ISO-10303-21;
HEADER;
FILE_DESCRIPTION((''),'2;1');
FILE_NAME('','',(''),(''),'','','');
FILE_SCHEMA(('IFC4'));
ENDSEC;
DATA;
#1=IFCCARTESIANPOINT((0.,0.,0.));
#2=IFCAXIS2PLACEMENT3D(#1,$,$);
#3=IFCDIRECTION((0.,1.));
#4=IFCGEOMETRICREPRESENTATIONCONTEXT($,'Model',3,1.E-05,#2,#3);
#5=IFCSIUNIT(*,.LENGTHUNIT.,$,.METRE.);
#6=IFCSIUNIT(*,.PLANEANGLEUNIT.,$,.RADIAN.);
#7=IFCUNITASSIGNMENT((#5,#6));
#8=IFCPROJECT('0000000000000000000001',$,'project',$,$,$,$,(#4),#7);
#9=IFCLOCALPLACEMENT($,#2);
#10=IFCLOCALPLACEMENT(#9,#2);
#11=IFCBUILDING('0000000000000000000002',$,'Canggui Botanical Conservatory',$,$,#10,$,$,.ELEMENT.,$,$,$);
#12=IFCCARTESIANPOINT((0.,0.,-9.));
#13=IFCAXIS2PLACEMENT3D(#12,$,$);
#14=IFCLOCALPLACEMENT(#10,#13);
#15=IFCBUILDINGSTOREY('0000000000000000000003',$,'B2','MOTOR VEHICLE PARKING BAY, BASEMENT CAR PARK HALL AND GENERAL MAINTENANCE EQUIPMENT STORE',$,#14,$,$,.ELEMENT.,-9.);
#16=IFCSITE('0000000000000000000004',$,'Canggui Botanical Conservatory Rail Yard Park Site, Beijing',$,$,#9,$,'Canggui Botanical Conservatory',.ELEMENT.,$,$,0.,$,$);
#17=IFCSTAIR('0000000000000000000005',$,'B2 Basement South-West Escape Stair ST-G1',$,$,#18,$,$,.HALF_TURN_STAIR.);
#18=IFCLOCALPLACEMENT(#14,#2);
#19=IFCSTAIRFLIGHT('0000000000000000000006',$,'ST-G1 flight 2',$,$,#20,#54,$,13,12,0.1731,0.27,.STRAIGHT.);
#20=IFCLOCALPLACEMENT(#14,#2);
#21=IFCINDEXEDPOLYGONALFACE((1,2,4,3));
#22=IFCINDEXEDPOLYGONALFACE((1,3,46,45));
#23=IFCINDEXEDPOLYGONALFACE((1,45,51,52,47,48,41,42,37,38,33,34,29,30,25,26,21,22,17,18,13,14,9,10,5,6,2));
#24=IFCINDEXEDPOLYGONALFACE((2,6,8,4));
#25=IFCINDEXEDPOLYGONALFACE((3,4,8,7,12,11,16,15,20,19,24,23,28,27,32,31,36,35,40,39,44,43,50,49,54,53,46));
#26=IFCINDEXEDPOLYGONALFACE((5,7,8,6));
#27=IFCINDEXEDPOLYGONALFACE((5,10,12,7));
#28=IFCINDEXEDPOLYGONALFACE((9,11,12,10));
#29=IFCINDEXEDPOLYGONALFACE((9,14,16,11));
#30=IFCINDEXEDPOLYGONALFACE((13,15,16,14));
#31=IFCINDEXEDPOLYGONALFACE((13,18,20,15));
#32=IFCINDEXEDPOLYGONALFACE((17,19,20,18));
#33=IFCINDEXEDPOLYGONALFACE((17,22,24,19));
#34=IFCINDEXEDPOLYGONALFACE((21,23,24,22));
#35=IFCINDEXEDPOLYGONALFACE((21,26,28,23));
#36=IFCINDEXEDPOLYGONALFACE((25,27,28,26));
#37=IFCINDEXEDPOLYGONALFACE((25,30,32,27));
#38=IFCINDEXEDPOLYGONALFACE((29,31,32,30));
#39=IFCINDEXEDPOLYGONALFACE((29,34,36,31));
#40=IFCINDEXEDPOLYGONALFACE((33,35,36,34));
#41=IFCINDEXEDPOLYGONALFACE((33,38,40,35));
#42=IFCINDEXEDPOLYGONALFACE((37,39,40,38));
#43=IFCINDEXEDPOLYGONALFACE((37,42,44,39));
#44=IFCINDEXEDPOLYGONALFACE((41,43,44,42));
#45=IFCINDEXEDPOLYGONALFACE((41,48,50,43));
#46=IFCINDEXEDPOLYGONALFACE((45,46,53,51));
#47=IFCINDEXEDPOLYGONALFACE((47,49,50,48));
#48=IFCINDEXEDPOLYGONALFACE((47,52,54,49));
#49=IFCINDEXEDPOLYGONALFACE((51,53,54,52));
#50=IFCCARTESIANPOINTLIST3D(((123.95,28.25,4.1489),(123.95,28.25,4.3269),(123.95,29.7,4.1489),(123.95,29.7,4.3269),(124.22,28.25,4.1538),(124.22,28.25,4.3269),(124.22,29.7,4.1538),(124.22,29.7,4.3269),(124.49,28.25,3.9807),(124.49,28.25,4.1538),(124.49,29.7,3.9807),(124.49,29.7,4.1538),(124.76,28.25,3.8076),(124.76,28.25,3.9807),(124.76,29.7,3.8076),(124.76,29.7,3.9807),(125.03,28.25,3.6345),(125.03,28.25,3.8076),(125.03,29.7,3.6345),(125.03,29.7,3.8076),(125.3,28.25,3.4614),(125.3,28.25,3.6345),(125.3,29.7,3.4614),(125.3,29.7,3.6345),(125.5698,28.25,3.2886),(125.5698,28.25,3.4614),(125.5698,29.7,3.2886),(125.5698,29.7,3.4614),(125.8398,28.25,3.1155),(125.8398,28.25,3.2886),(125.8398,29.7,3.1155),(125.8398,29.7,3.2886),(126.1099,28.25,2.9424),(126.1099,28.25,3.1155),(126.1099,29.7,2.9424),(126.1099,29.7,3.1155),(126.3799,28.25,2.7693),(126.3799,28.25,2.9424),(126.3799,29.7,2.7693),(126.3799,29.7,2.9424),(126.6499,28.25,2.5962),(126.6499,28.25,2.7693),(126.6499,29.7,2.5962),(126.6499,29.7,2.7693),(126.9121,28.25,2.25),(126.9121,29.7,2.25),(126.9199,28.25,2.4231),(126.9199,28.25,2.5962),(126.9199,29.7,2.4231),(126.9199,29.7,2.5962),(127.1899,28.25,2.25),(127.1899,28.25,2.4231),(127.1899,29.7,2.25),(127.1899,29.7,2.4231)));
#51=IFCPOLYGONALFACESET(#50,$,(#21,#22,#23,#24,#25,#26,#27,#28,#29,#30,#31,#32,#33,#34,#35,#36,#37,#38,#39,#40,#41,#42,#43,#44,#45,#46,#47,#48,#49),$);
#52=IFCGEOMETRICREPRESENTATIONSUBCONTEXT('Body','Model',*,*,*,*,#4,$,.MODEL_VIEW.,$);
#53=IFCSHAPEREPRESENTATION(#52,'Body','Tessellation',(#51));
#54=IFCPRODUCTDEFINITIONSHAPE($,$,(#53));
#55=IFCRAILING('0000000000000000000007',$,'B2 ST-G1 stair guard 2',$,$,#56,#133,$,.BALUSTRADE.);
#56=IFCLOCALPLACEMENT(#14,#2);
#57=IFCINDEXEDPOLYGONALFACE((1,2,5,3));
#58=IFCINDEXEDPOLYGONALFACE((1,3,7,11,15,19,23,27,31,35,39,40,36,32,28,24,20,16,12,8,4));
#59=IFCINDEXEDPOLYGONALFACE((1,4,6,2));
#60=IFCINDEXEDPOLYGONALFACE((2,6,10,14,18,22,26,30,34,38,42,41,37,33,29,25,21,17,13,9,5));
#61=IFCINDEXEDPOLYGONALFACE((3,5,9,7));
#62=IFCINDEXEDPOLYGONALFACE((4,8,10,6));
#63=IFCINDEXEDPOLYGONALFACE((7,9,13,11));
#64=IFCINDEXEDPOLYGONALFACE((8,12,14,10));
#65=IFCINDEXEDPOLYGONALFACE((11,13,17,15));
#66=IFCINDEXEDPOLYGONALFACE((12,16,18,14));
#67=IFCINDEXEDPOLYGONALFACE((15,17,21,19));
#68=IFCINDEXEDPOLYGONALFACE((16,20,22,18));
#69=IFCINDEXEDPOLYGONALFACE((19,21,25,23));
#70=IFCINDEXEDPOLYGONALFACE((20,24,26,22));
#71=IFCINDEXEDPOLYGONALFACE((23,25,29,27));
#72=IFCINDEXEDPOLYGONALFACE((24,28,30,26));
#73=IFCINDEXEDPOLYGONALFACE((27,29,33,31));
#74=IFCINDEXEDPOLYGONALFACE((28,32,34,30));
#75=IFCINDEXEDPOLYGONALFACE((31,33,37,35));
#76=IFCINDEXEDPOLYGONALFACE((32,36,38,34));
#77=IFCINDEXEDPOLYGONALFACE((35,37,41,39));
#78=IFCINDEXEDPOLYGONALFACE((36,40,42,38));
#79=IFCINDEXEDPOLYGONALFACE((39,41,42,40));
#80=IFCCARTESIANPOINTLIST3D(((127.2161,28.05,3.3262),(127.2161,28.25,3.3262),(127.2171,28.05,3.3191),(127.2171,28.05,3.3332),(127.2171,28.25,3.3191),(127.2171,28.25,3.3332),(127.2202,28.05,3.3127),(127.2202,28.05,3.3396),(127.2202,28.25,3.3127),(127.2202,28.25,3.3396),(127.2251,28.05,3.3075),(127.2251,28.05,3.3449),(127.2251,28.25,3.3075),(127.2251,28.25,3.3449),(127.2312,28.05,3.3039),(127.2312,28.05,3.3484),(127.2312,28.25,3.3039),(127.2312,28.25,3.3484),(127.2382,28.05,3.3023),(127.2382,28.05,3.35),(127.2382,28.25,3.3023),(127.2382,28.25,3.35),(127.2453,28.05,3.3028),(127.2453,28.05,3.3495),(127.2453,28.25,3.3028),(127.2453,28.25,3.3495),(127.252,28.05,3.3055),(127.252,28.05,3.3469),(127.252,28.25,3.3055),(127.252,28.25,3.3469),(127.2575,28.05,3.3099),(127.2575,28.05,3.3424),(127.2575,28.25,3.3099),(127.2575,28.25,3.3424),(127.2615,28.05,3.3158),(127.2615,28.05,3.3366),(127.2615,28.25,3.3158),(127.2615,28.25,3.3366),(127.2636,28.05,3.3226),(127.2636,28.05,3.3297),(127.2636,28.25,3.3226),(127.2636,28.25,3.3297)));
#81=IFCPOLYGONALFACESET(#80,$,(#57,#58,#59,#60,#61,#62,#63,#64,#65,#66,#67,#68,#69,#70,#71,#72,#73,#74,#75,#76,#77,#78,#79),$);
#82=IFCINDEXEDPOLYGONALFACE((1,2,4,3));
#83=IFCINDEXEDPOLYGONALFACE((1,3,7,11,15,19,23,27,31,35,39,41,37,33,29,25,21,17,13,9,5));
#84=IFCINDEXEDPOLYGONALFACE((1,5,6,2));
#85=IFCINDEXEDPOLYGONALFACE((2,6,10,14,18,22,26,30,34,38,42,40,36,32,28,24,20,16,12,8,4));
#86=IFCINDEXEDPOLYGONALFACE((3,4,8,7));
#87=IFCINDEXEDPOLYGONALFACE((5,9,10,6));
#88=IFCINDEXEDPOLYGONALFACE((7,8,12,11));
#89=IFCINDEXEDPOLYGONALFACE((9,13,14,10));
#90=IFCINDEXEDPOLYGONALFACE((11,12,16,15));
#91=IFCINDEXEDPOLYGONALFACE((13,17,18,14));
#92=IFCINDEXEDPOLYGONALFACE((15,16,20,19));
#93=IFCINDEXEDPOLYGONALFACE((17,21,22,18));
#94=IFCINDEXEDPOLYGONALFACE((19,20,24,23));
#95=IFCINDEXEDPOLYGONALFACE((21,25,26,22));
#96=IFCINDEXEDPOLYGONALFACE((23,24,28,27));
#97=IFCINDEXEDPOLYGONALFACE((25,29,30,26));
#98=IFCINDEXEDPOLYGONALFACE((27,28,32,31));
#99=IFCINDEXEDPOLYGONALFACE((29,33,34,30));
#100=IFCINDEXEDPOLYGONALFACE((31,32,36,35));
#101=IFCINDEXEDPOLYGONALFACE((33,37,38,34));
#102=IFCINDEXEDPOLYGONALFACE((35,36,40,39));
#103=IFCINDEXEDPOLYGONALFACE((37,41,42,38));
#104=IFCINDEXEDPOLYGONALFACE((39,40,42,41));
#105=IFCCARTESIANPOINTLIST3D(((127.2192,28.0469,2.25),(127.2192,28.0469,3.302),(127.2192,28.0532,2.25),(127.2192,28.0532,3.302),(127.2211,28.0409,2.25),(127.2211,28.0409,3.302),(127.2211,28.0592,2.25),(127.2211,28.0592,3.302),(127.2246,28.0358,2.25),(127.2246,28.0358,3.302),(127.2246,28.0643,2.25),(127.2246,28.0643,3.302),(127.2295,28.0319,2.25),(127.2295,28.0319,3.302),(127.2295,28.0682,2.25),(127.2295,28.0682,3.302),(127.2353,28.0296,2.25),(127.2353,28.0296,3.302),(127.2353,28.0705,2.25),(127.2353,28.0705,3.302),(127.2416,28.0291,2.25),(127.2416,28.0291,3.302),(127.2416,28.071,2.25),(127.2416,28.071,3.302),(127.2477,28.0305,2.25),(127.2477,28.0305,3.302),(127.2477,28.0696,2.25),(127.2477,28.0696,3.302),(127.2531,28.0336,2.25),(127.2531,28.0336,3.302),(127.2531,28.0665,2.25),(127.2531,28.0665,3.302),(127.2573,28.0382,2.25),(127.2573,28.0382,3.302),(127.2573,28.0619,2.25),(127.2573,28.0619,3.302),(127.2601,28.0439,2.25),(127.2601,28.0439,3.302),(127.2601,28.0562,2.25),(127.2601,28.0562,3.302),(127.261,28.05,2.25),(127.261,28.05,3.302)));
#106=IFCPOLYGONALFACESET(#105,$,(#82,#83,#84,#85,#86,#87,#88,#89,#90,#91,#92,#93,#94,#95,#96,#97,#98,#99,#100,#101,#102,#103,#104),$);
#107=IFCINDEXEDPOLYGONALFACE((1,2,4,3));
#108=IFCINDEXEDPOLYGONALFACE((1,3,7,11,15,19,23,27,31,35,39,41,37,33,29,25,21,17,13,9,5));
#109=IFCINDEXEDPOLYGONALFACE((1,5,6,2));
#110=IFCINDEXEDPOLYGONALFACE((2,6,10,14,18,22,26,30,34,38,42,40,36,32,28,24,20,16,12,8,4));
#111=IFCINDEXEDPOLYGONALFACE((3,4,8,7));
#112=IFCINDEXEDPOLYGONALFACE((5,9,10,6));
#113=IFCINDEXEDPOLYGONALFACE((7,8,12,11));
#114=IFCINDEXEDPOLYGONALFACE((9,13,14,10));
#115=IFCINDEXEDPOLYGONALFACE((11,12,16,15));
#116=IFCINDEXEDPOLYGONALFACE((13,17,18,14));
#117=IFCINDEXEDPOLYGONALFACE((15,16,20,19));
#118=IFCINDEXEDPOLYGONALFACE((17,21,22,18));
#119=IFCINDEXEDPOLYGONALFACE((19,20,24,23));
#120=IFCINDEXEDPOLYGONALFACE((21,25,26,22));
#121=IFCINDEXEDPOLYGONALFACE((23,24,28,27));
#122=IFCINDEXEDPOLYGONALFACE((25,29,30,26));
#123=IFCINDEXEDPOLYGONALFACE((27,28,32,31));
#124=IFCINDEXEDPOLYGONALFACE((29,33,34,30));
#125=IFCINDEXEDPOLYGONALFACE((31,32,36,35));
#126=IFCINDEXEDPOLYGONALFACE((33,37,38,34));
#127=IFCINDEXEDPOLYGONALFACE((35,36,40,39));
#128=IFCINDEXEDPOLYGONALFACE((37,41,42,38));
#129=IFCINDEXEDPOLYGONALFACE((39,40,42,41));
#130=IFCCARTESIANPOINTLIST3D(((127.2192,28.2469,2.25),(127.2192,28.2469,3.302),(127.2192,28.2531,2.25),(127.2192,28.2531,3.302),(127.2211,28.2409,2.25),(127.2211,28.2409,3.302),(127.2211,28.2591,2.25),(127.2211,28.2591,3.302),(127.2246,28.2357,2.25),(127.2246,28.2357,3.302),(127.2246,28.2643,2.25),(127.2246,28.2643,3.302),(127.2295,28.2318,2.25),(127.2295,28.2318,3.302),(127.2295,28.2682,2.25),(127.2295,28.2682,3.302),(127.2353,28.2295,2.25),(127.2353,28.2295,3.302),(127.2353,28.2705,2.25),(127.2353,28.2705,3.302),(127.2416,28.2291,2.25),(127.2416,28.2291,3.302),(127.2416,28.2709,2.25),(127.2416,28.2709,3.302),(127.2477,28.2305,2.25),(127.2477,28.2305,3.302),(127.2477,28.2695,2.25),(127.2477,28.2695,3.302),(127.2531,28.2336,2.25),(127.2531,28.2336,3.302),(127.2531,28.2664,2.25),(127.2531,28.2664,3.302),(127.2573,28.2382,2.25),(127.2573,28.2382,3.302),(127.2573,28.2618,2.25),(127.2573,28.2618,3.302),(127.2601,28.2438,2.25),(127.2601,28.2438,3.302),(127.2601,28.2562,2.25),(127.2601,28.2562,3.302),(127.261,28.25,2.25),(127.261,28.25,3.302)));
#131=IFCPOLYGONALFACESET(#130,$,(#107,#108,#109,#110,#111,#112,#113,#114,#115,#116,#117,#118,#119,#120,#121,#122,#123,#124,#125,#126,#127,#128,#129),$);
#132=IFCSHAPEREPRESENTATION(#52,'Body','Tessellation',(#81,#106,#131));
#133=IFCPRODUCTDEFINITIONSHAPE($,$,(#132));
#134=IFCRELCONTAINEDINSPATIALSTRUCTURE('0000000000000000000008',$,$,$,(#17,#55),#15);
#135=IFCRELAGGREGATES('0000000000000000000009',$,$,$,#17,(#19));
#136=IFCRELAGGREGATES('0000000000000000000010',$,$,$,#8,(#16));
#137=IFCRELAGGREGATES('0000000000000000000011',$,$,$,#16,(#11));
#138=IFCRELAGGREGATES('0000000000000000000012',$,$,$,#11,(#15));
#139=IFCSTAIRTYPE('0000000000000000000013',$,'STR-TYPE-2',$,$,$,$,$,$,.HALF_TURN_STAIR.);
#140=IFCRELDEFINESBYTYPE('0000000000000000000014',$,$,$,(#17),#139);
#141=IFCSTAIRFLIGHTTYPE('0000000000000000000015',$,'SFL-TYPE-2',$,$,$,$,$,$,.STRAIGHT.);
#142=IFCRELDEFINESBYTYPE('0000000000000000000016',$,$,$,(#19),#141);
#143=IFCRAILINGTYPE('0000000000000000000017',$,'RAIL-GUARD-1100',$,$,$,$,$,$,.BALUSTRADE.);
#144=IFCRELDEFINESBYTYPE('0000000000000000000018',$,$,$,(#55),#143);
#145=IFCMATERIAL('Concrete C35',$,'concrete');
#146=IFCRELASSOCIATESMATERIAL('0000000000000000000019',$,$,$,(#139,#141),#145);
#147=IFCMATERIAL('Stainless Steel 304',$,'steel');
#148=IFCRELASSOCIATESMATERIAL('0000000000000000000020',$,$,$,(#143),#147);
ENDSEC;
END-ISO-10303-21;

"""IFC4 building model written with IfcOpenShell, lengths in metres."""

from ifc_helpers import new_model, si_unit, direction, frame, origin, origin_2d, place, context, subcontext, project, spatial, polyline, circle, outline, extrude, material, type_object, element, aggregate, save


model = new_model("IFC4")

# Units and contexts
model_context = context("Model", 3, precision=1e-05, world=origin(), true_north=direction((0.0, 1.0)))
body_context = subcontext(model_context, "Body", "Model", "MODEL_VIEW")
ifc_project = project(units=[si_unit("LENGTHUNIT", "METRE"), si_unit("PLANEANGLEUNIT", "RADIAN")], contexts=[model_context])

# Site, building, storey
site_placement = place(None, origin())
site = spatial("IfcSite", under=ifc_project, at=site_placement, Name="Canggui Botanical Conservatory Rail Yard Park Site, Beijing", LongName="Canggui Botanical Conservatory", CompositionType="ELEMENT", RefElevation=0.0)
building_placement = place(site_placement, origin())
building = spatial("IfcBuilding", under=site, at=building_placement, Name="Canggui Botanical Conservatory", CompositionType="ELEMENT")
storey_placement = place(building_placement, frame((0.0, 0.0, -9.0)))
storey = spatial("IfcBuildingStorey", under=building, at=storey_placement, Name="B2", Description="MOTOR VEHICLE PARKING BAY, BASEMENT CAR PARK HALL AND GENERAL MAINTENANCE EQUIPMENT STORE", CompositionType="ELEMENT", Elevation=-9.0)

# Shared definitions
ifc_material_1 = material(Name="Concrete C35", Category="concrete")

# Stair, stair flight
stair_type = type_object("IfcStairType", Name="STR-TYPE-2", PredefinedType="HALF_TURN_STAIR", material=ifc_material_1)
stair_placement = place(storey_placement, origin())
stair = element("IfcStair", 1, at=stair_placement, inside=storey, type_object=stair_type, Name="B2 Basement South-West Escape Stair ST-G1", PredefinedType="HALF_TURN_STAIR")
stair_flight_type = type_object("IfcStairFlightType", Name="SFL-TYPE-2", PredefinedType="STRAIGHT", material=ifc_material_1)
stair_flight_placement = place(storey_placement, frame((127.1899, 28.9751, 2.25), z_axis=(0.0, 0.0, 1.0), x_axis=(-1.0, 0.0, 0.0)))
stair_flight = element("IfcStairFlight", 2, at=stair_flight_placement, type_object=stair_flight_type, Name="ST-G1 flight 2", NumberOfRisers=13, NumberOfTreads=12, PredefinedType="STRAIGHT", RiserHeight=0.1731, TreadLength=0.27, context=body_context, shape_type="SweptSolid", body=[
    extrude(outline(polyline([(0.0, 0.0), (0.0, 0.1731), (0.27, 0.1731), (0.27, 0.3462), (0.54, 0.3462), (0.54, 0.5193), (0.8101, 0.5193), (0.8101, 0.6924), (1.0801, 0.6924), (1.0801, 0.8655), (1.3501, 0.8655), (1.3501, 1.0386), (1.6201, 1.0386), (1.6201, 1.2114), (1.8899, 1.2114), (1.8899, 1.3845), (2.1599, 1.3845), (2.1599, 1.5576), (2.4299, 1.5576), (2.4299, 1.7307), (2.7, 1.7307), (2.7, 1.9038), (2.97, 1.9038), (2.97, 2.0769), (3.24, 2.0769), (3.24, 2.25), (3.24, 1.8989), (0.2778, 0.0), (0.0, 0.0)])), frame((0.0, 0.7251, 0.0), z_axis=(0.0, -1.0, 0.0), x_axis=(1.0, 0.0, 0.0)), (0.0, 0.0, 1.0), 1.45),
])
aggregate(stair, [stair_flight])

# Railing
ifc_material_2 = material(Name="Stainless Steel 304", Category="steel")
railing_type_1 = type_object("IfcRailingType", Name="RAIL-GUARD-1100", PredefinedType="BALUSTRADE", material=ifc_material_2)
railing_1_placement = place(storey_placement, frame((127.24, 28.05, 2.25)))
element("IfcRailing", 3, at=railing_1_placement, inside=storey, type_object=railing_type_1, Name="B2 ST-G1 stair guard 2", PredefinedType="BALUSTRADE", context=body_context, shape_type="SweptSolid", body=[
    extrude(circle(Radius=0.0239, at=origin_2d()), frame((0.0, 0.0, 1.0762), z_axis=(0.0, 1.0, 0.0), x_axis=(-1.0, 0.0, 0.0)), (0.0, 0.0, 1.0), 0.2),
    extrude(circle(Radius=0.021, at=origin_2d()), origin(), (0.0, 0.0, 1.0), 1.052),
    extrude(circle(Radius=0.021, at=origin_2d()), frame((0.0, 0.2, 0.0)), (0.0, 0.0, 1.0), 1.052),
])

save(model, "model.ifc")
